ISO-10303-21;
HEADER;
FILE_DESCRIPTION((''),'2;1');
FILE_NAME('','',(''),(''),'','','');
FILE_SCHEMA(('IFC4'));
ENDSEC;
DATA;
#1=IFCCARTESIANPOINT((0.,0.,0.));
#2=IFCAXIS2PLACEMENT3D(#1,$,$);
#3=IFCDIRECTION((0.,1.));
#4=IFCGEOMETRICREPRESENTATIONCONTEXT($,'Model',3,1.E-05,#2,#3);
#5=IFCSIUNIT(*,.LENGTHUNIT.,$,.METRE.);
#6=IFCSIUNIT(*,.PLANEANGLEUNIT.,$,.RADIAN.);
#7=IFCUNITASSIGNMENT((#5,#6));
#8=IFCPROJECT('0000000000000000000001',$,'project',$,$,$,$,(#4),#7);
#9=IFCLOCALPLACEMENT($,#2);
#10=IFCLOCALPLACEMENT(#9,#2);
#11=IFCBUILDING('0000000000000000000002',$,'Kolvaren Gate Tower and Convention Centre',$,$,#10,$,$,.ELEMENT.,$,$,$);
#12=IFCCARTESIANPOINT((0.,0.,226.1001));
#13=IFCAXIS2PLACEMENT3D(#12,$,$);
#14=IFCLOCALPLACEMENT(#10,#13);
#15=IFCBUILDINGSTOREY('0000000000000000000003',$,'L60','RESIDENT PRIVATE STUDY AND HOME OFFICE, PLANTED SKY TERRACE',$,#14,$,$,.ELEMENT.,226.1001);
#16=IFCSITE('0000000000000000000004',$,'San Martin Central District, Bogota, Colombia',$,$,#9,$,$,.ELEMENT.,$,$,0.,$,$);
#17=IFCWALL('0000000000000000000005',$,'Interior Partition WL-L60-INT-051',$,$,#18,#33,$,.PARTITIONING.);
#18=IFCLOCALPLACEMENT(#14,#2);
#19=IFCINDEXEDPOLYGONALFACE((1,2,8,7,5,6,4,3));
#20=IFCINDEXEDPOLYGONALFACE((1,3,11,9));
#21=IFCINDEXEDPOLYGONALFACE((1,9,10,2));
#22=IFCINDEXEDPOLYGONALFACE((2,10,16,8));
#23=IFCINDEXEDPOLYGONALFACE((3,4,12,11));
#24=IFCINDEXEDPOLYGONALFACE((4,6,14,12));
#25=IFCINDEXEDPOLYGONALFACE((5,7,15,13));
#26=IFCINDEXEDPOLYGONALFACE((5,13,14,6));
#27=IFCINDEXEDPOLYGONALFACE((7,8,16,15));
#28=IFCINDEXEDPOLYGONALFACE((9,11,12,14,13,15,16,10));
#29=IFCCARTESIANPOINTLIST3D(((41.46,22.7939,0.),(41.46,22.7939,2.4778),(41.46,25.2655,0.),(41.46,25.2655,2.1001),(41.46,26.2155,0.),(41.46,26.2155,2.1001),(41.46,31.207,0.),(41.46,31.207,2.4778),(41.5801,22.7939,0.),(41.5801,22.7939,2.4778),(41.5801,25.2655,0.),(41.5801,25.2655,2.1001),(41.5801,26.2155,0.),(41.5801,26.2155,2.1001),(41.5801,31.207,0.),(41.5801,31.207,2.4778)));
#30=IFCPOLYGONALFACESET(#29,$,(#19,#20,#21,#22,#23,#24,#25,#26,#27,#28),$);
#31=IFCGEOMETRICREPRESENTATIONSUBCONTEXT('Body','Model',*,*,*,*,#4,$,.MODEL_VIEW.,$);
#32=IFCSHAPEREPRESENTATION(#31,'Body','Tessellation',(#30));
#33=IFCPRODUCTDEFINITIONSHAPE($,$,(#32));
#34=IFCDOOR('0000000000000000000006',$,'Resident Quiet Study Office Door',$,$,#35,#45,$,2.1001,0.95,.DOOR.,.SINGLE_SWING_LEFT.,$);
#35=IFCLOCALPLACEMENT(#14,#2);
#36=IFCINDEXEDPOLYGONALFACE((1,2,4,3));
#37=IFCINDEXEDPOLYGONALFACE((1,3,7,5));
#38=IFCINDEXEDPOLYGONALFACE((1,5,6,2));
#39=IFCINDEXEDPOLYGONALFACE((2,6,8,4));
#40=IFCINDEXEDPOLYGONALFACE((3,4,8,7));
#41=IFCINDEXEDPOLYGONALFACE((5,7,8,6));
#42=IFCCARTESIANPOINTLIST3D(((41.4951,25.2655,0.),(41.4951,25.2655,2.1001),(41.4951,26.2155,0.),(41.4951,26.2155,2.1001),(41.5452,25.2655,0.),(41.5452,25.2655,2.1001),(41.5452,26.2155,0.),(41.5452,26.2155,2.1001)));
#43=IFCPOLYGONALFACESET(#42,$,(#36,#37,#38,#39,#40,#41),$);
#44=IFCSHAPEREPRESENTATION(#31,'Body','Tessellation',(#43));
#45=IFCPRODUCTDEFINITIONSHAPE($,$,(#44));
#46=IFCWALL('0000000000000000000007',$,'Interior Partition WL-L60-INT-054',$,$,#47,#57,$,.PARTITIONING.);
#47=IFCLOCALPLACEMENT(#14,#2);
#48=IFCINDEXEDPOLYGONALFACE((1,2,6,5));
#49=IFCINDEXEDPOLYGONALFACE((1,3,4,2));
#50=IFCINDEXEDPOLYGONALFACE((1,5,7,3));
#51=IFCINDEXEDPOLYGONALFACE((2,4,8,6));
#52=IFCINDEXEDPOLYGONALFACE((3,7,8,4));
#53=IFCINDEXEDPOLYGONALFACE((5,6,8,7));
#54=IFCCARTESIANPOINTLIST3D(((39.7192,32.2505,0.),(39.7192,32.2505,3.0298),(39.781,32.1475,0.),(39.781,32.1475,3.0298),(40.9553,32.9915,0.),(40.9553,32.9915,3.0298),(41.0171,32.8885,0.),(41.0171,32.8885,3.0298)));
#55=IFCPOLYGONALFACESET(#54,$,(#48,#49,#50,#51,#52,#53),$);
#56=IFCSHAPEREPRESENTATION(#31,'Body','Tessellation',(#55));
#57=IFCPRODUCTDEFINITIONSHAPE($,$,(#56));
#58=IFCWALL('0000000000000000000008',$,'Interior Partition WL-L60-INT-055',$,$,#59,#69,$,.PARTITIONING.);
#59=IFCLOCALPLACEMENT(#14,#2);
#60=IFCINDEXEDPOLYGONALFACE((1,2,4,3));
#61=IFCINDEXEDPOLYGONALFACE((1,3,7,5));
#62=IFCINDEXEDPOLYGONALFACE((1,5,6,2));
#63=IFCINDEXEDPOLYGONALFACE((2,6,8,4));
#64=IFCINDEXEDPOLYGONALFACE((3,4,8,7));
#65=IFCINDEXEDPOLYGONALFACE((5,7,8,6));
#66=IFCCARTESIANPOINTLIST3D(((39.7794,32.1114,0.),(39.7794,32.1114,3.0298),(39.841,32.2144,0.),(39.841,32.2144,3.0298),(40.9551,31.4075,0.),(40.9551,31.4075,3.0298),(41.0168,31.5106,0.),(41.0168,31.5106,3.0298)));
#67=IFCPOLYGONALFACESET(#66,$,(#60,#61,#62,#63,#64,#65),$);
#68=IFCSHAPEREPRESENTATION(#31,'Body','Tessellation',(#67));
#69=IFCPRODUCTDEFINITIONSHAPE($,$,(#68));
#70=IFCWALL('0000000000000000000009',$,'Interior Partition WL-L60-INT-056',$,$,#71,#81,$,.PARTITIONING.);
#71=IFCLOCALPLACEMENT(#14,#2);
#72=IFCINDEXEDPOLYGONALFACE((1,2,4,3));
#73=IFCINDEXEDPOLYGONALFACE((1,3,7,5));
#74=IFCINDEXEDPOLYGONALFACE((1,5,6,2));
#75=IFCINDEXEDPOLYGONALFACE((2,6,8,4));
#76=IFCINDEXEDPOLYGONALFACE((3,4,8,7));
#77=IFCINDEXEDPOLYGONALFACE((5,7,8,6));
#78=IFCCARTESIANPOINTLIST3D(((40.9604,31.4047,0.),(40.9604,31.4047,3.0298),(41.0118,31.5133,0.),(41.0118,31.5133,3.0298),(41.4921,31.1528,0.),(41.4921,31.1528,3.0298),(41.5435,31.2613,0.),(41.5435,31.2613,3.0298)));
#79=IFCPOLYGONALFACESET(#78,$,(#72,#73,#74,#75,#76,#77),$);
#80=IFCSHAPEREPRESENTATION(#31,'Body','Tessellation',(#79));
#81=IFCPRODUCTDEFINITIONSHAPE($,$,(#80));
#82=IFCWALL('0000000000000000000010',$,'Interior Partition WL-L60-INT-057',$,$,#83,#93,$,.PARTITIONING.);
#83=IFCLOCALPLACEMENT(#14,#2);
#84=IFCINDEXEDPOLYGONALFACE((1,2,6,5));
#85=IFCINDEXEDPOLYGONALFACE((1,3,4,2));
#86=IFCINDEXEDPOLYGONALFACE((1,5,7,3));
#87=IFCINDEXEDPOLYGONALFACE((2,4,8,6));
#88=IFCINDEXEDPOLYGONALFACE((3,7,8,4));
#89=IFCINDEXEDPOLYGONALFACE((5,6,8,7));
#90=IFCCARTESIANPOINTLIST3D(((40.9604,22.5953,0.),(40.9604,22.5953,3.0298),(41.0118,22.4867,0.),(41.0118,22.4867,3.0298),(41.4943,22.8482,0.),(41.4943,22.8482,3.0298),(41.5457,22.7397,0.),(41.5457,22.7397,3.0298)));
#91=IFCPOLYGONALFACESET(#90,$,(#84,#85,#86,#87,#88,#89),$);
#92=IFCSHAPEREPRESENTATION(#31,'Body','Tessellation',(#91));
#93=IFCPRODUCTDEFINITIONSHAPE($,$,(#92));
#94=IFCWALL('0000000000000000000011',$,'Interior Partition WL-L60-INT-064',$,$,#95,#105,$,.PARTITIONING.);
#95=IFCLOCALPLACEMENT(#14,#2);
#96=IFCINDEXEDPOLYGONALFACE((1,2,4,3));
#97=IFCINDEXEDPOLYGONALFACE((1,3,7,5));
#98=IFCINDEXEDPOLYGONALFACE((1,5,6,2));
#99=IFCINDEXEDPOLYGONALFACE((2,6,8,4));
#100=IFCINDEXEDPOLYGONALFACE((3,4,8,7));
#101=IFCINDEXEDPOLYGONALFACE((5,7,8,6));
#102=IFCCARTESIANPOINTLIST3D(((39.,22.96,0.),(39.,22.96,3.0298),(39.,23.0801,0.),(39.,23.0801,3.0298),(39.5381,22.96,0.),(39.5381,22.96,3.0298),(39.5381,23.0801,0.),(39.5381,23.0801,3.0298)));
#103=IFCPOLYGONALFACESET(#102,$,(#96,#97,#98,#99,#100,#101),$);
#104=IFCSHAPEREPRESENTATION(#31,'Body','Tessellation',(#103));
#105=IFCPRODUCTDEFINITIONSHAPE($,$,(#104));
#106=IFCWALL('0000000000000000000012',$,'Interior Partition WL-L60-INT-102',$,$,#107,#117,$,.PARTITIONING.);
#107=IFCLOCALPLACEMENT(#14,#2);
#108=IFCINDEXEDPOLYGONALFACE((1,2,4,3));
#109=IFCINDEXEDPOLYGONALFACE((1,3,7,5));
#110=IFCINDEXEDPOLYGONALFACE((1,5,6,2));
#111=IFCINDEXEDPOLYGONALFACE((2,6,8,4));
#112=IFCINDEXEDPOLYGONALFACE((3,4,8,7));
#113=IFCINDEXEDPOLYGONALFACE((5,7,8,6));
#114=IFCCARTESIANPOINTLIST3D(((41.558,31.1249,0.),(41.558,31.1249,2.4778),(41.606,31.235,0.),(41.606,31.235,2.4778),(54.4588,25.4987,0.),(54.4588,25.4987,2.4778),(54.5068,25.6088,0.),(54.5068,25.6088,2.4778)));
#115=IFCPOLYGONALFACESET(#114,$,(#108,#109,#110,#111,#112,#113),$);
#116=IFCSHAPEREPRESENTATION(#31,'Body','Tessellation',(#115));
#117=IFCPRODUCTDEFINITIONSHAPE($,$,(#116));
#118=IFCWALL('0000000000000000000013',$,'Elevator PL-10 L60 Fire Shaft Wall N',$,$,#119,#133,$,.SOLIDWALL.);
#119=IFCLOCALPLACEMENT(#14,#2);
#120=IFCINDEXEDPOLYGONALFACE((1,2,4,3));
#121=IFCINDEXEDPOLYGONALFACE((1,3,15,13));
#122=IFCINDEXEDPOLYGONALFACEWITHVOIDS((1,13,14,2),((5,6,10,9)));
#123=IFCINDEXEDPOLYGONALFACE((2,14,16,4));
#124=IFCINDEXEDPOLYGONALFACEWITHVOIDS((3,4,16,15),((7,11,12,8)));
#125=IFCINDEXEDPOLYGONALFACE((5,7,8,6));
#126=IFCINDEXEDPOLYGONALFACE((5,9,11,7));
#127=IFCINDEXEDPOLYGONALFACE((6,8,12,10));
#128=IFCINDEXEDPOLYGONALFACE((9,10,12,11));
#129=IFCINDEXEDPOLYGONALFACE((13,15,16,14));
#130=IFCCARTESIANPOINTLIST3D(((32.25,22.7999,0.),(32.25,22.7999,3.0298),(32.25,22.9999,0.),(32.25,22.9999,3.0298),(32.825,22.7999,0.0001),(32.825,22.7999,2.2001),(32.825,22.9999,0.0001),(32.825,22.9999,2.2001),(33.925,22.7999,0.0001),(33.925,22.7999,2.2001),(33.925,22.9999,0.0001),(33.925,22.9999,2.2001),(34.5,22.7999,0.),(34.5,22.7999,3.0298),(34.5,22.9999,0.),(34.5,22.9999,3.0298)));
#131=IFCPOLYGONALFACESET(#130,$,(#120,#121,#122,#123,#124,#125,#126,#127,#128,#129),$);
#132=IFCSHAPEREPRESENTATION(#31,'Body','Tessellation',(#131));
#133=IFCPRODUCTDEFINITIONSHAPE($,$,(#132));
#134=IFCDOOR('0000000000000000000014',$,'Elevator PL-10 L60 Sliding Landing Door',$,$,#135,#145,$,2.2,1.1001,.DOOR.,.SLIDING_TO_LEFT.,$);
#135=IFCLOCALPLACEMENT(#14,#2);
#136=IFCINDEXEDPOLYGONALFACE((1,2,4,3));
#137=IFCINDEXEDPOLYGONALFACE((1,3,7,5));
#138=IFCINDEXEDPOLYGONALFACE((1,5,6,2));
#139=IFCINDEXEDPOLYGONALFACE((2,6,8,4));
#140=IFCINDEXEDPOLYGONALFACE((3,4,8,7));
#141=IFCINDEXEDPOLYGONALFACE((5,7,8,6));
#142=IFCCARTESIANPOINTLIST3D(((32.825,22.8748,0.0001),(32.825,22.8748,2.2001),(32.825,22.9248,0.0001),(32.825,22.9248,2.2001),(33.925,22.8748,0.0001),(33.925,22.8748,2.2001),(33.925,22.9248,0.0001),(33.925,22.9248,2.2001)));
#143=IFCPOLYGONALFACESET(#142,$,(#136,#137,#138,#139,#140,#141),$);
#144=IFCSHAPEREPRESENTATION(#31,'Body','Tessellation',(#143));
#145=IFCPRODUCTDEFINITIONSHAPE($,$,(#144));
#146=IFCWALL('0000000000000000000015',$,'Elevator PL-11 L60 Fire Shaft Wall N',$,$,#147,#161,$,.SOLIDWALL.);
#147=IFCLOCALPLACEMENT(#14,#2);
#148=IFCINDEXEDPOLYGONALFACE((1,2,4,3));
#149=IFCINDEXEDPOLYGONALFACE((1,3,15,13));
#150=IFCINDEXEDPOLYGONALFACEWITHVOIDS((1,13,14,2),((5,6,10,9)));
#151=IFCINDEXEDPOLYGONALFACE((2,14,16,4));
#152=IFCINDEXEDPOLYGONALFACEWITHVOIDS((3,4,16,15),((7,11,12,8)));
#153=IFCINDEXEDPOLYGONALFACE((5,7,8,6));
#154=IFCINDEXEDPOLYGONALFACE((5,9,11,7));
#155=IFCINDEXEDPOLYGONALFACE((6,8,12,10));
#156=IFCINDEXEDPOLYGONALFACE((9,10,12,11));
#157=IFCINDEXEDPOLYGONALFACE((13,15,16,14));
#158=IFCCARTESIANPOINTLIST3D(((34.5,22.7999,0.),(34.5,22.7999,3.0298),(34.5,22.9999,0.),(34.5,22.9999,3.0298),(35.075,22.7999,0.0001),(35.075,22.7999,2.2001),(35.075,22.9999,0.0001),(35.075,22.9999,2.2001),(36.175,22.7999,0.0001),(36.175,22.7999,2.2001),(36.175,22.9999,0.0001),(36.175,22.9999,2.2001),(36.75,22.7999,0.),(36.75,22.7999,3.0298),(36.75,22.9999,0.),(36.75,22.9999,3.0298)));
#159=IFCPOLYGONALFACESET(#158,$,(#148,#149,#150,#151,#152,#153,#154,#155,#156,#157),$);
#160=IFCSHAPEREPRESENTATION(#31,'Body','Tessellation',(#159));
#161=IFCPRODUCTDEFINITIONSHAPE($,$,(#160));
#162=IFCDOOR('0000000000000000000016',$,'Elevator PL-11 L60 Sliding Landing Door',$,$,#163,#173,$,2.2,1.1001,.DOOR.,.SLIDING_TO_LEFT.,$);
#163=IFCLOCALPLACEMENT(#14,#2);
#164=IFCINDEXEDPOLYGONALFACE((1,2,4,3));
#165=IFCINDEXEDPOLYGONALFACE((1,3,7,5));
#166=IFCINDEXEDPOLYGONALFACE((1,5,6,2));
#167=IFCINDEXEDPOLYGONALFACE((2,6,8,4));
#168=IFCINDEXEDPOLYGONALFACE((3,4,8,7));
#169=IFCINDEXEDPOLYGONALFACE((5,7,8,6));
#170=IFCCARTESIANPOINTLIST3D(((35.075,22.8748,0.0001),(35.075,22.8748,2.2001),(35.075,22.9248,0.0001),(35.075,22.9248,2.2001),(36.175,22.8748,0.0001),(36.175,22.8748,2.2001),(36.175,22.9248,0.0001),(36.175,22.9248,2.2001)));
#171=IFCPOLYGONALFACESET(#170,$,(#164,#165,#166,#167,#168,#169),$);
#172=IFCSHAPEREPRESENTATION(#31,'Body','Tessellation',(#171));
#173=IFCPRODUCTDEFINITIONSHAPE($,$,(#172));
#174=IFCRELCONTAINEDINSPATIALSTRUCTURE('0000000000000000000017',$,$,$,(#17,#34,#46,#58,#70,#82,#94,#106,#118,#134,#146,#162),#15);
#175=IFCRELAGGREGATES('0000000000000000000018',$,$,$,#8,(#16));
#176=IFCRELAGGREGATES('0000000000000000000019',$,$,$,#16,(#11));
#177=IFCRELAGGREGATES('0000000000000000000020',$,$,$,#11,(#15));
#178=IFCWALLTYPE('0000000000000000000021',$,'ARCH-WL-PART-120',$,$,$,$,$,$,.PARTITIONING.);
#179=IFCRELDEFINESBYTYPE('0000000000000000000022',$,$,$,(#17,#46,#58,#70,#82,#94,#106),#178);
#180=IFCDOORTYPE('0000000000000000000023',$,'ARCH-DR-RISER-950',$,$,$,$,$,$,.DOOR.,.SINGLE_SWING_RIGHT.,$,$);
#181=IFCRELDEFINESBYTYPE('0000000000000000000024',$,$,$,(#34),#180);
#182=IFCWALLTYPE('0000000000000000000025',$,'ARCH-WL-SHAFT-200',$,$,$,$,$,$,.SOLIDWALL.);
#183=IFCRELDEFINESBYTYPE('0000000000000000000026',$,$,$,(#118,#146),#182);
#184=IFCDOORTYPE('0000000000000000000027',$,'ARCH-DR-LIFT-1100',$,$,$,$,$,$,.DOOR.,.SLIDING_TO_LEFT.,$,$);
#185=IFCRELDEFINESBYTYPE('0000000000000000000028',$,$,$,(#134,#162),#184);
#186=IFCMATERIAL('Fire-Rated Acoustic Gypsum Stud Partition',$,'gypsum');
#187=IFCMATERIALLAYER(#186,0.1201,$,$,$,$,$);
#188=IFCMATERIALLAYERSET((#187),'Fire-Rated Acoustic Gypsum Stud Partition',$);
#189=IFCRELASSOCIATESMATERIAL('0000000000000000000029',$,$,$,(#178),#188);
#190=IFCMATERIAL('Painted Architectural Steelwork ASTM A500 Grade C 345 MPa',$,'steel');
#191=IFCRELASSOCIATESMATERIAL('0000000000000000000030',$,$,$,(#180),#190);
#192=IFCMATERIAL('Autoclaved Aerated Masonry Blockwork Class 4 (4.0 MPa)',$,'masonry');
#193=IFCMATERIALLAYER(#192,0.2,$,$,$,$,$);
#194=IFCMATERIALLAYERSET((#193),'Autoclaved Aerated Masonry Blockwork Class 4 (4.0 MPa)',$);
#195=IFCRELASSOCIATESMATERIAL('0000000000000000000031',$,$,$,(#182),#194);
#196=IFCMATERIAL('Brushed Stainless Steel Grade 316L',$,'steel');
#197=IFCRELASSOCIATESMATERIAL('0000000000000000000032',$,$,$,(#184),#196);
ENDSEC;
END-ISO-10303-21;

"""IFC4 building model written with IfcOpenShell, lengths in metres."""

from ifc_helpers import new_model, si_unit, direction, frame, frame_2d, origin, place, context, subcontext, project, spatial, rectangle, extrude, material, layer, layer_set, type_object, element, fill, save


model = new_model("IFC4")

# Units and contexts
model_context = context("Model", 3, precision=1e-05, world=origin(), true_north=direction((0.0, 1.0)))
body_context = subcontext(model_context, "Body", "Model", "MODEL_VIEW")
ifc_project = project(units=[si_unit("LENGTHUNIT", "METRE"), si_unit("PLANEANGLEUNIT", "RADIAN")], contexts=[model_context])

# Site, building, storey
site_placement = place(None, origin())
site = spatial("IfcSite", under=ifc_project, at=site_placement, Name="San Martin Central District, Bogota, Colombia", CompositionType="ELEMENT", RefElevation=0.0)
building_placement = place(site_placement, origin())
building = spatial("IfcBuilding", under=site, at=building_placement, Name="Kolvaren Gate Tower and Convention Centre", CompositionType="ELEMENT")
storey_placement = place(building_placement, frame((0.0, 0.0, 226.1001)))
storey = spatial("IfcBuildingStorey", under=building, at=storey_placement, Name="L60", Description="RESIDENT PRIVATE STUDY AND HOME OFFICE, PLANTED SKY TERRACE", CompositionType="ELEMENT", Elevation=226.1001)

# Shared definitions
ifc_material_1 = material(Name="Fire-Rated Acoustic Gypsum Stud Partition", Category="gypsum")
ifc_layer_1 = layer(ifc_material_1, 0.1201)
ifc_layer_set_1 = layer_set([ifc_layer_1], Name="Fire-Rated Acoustic Gypsum Stud Partition")
wall_type_1 = type_object("IfcWallType", Name="ARCH-WL-PART-120", PredefinedType="PARTITIONING", material=ifc_layer_set_1)

# Wall, opening, door
wall_1_placement = place(storey_placement, frame((41.52, 22.7939, 0.0), z_axis=(0.0, 0.0, 1.0), x_axis=(0.0, 1.0, 0.0)))
wall_1 = element("IfcWall", 1, at=wall_1_placement, inside=storey, type_object=wall_type_1, Name="Interior Partition WL-L60-INT-051", PredefinedType="PARTITIONING", context=body_context, shape_type="SweptSolid", body=[
    extrude(rectangle(XDim=8.4131, YDim=0.1201, at=frame_2d((4.2065, 0.0))), origin(), (0.0, 0.0, 1.0), 2.4778),
])
opening_1_placement = place(wall_1_placement, frame((2.4714, 0.0, 0.0)))
opening_1 = element("IfcOpeningElement", 2, at=opening_1_placement, cuts=wall_1, PredefinedType="OPENING", context=body_context, shape_type="SweptSolid", body=[
    extrude(rectangle(XDim=0.95, YDim=2.1001, at=frame_2d((0.4751, 1.05))), frame((0.0, 0.0701, 0.0), z_axis=(0.0, -1.0, 0.0), x_axis=(1.0, 0.0, 0.0)), (0.0, 0.0, 1.0), 0.1401),
])
ifc_material_2 = material(Name="Painted Architectural Steelwork ASTM A500 Grade C 345 MPa", Category="steel")
door_type_1 = type_object("IfcDoorType", Name="ARCH-DR-RISER-950", OperationType="SINGLE_SWING_RIGHT", PredefinedType="DOOR", material=ifc_material_2)
door_1_placement = place(opening_1_placement, origin())
door_1 = element("IfcDoor", 3, at=door_1_placement, inside=storey, type_object=door_type_1, Name="Resident Quiet Study Office Door", OperationType="SINGLE_SWING_LEFT", OverallHeight=2.1001, OverallWidth=0.95, PredefinedType="DOOR", context=body_context, shape_type="SweptSolid", body=[
    extrude(rectangle(XDim=0.95, YDim=2.1001, at=frame_2d((0.4751, 1.05))), frame((0.0, 0.0249, 0.0), z_axis=(0.0, -1.0, 0.0), x_axis=(1.0, 0.0, 0.0)), (0.0, 0.0, 1.0), 0.05),
])
fill(opening_1, door_1)

# Walls
wall_2_placement = place(storey_placement, frame((39.75, 32.199, 0.0), z_axis=(0.0, 0.0, 1.0), x_axis=(0.857702, 0.514147, 0.0)))
element("IfcWall", 4, at=wall_2_placement, inside=storey, type_object=wall_type_1, Name="Interior Partition WL-L60-INT-054", PredefinedType="PARTITIONING", context=body_context, shape_type="SweptSolid", body=[
    extrude(rectangle(XDim=1.4412, YDim=0.1201, at=frame_2d((0.7207, 0.0))), origin(), (0.0, 0.0, 1.0), 3.0298),
])
wall_3_placement = place(storey_placement, frame((39.8103, 32.1628, 0.0), z_axis=(0.0, 0.0, 1.0), x_axis=(0.858011, -0.513631, 0.0)))
element("IfcWall", 5, at=wall_3_placement, inside=storey, type_object=wall_type_1, Name="Interior Partition WL-L60-INT-055", PredefinedType="PARTITIONING", context=body_context, shape_type="SweptSolid", body=[
    extrude(rectangle(XDim=1.3704, YDim=0.1201, at=frame_2d((0.6851, 0.0))), origin(), (0.0, 0.0, 1.0), 3.0298),
])
wall_4_placement = place(storey_placement, frame((40.9861, 31.459, 0.0), z_axis=(0.0, 0.0, 1.0), x_axis=(0.903687, -0.428193, 0.0)))
element("IfcWall", 6, at=wall_4_placement, inside=storey, type_object=wall_type_1, Name="Interior Partition WL-L60-INT-056", PredefinedType="PARTITIONING", context=body_context, shape_type="SweptSolid", body=[
    extrude(rectangle(XDim=0.5884, YDim=0.1201, at=frame_2d((0.2942, 0.0))), origin(), (0.0, 0.0, 1.0), 3.0298),
])
wall_5_placement = place(storey_placement, frame((40.9861, 22.541, 0.0), z_axis=(0.0, 0.0, 1.0), x_axis=(0.903729, 0.428104, 0.0)))
element("IfcWall", 7, at=wall_5_placement, inside=storey, type_object=wall_type_1, Name="Interior Partition WL-L60-INT-057", PredefinedType="PARTITIONING", context=body_context, shape_type="SweptSolid", body=[
    extrude(rectangle(XDim=0.5908, YDim=0.1201, at=frame_2d((0.2954, 0.0))), origin(), (0.0, 0.0, 1.0), 3.0298),
])
wall_6_placement = place(storey_placement, frame((39.0, 23.02, 0.0), z_axis=(0.0, 0.0, 1.0), x_axis=(1.0, 0.0, 0.0)))
element("IfcWall", 8, at=wall_6_placement, inside=storey, type_object=wall_type_1, Name="Interior Partition WL-L60-INT-064", PredefinedType="PARTITIONING", context=body_context, shape_type="SweptSolid", body=[
    extrude(rectangle(XDim=0.5381, YDim=0.1201, at=frame_2d((0.269, 0.0))), origin(), (0.0, 0.0, 1.0), 3.0298),
])
wall_7_placement = place(storey_placement, frame((41.582, 31.1799, 0.0), z_axis=(0.0, 0.0, 1.0), x_axis=(0.916624, -0.39975, 0.0)))
element("IfcWall", 9, at=wall_7_placement, inside=storey, type_object=wall_type_1, Name="Interior Partition WL-L60-INT-102", PredefinedType="PARTITIONING", context=body_context, shape_type="SweptSolid", body=[
    extrude(rectangle(XDim=14.0742, YDim=0.1201, at=frame_2d((7.0371, 0.0))), origin(), (0.0, 0.0, 1.0), 2.4778),
])

# Walls, openings, doors
ifc_material_3 = material(Name="Autoclaved Aerated Masonry Blockwork Class 4 (4.0 MPa)", Category="masonry")
ifc_layer_2 = layer(ifc_material_3, 0.2)
ifc_layer_set_2 = layer_set([ifc_layer_2], Name="Autoclaved Aerated Masonry Blockwork Class 4 (4.0 MPa)")
wall_type_2 = type_object("IfcWallType", Name="ARCH-WL-SHAFT-200", PredefinedType="SOLIDWALL", material=ifc_layer_set_2)
wall_8_placement = place(storey_placement, frame((32.25, 22.8999, 0.0), z_axis=(0.0, 0.0, 1.0), x_axis=(1.0, 0.0, 0.0)))
wall_8 = element("IfcWall", 10, at=wall_8_placement, inside=storey, type_object=wall_type_2, Name="Elevator PL-10 L60 Fire Shaft Wall N", PredefinedType="SOLIDWALL", context=body_context, shape_type="SweptSolid", body=[
    extrude(rectangle(XDim=2.25, YDim=0.2, at=frame_2d((1.125, 0.0))), origin(), (0.0, 0.0, 1.0), 3.0298),
])
opening_2_placement = place(wall_8_placement, frame((0.575, 0.0, 0.0)))
opening_2 = element("IfcOpeningElement", 11, at=opening_2_placement, cuts=wall_8, PredefinedType="OPENING", context=body_context, shape_type="SweptSolid", body=[
    extrude(rectangle(XDim=1.1001, YDim=2.2, at=frame_2d((0.55, 1.1001))), frame((0.0, 0.1099, 0.0), z_axis=(0.0, -1.0, 0.0), x_axis=(1.0, 0.0, 0.0)), (0.0, 0.0, 1.0), 0.22),
])
ifc_material_4 = material(Name="Brushed Stainless Steel Grade 316L", Category="steel")
door_type_2 = type_object("IfcDoorType", Name="ARCH-DR-LIFT-1100", OperationType="SLIDING_TO_LEFT", PredefinedType="DOOR", material=ifc_material_4)
door_2_placement = place(opening_2_placement, origin())
door_2 = element("IfcDoor", 12, at=door_2_placement, inside=storey, type_object=door_type_2, Name="Elevator PL-10 L60 Sliding Landing Door", OperationType="SLIDING_TO_LEFT", OverallHeight=2.2, OverallWidth=1.1001, PredefinedType="DOOR", context=body_context, shape_type="SweptSolid", body=[
    extrude(rectangle(XDim=1.1001, YDim=2.2, at=frame_2d((0.55, 1.1001))), frame((0.0, 0.0249, 0.0), z_axis=(0.0, -1.0, 0.0), x_axis=(1.0, 0.0, 0.0)), (0.0, 0.0, 1.0), 0.05),
])
fill(opening_2, door_2)
wall_9_placement = place(storey_placement, frame((34.5, 22.8999, 0.0), z_axis=(0.0, 0.0, 1.0), x_axis=(1.0, 0.0, 0.0)))
wall_9 = element("IfcWall", 13, at=wall_9_placement, inside=storey, type_object=wall_type_2, Name="Elevator PL-11 L60 Fire Shaft Wall N", PredefinedType="SOLIDWALL", context=body_context, shape_type="SweptSolid", body=[
    extrude(rectangle(XDim=2.25, YDim=0.2, at=frame_2d((1.125, 0.0))), origin(), (0.0, 0.0, 1.0), 3.0298),
])
opening_3_placement = place(wall_9_placement, frame((0.575, 0.0, 0.0)))
opening_3 = element("IfcOpeningElement", 14, at=opening_3_placement, cuts=wall_9, PredefinedType="OPENING", context=body_context, shape_type="SweptSolid", body=[
    extrude(rectangle(XDim=1.1001, YDim=2.2, at=frame_2d((0.55, 1.1001))), frame((0.0, 0.1099, 0.0), z_axis=(0.0, -1.0, 0.0), x_axis=(1.0, 0.0, 0.0)), (0.0, 0.0, 1.0), 0.22),
])
door_3_placement = place(opening_3_placement, origin())
door_3 = element("IfcDoor", 15, at=door_3_placement, inside=storey, type_object=door_type_2, Name="Elevator PL-11 L60 Sliding Landing Door", OperationType="SLIDING_TO_LEFT", OverallHeight=2.2, OverallWidth=1.1001, PredefinedType="DOOR", context=body_context, shape_type="SweptSolid", body=[
    extrude(rectangle(XDim=1.1001, YDim=2.2, at=frame_2d((0.55, 1.1001))), frame((0.0, 0.0249, 0.0), z_axis=(0.0, -1.0, 0.0), x_axis=(1.0, 0.0, 0.0)), (0.0, 0.0, 1.0), 0.05),
])
fill(opening_3, door_3)

save(model, "model.ifc")
